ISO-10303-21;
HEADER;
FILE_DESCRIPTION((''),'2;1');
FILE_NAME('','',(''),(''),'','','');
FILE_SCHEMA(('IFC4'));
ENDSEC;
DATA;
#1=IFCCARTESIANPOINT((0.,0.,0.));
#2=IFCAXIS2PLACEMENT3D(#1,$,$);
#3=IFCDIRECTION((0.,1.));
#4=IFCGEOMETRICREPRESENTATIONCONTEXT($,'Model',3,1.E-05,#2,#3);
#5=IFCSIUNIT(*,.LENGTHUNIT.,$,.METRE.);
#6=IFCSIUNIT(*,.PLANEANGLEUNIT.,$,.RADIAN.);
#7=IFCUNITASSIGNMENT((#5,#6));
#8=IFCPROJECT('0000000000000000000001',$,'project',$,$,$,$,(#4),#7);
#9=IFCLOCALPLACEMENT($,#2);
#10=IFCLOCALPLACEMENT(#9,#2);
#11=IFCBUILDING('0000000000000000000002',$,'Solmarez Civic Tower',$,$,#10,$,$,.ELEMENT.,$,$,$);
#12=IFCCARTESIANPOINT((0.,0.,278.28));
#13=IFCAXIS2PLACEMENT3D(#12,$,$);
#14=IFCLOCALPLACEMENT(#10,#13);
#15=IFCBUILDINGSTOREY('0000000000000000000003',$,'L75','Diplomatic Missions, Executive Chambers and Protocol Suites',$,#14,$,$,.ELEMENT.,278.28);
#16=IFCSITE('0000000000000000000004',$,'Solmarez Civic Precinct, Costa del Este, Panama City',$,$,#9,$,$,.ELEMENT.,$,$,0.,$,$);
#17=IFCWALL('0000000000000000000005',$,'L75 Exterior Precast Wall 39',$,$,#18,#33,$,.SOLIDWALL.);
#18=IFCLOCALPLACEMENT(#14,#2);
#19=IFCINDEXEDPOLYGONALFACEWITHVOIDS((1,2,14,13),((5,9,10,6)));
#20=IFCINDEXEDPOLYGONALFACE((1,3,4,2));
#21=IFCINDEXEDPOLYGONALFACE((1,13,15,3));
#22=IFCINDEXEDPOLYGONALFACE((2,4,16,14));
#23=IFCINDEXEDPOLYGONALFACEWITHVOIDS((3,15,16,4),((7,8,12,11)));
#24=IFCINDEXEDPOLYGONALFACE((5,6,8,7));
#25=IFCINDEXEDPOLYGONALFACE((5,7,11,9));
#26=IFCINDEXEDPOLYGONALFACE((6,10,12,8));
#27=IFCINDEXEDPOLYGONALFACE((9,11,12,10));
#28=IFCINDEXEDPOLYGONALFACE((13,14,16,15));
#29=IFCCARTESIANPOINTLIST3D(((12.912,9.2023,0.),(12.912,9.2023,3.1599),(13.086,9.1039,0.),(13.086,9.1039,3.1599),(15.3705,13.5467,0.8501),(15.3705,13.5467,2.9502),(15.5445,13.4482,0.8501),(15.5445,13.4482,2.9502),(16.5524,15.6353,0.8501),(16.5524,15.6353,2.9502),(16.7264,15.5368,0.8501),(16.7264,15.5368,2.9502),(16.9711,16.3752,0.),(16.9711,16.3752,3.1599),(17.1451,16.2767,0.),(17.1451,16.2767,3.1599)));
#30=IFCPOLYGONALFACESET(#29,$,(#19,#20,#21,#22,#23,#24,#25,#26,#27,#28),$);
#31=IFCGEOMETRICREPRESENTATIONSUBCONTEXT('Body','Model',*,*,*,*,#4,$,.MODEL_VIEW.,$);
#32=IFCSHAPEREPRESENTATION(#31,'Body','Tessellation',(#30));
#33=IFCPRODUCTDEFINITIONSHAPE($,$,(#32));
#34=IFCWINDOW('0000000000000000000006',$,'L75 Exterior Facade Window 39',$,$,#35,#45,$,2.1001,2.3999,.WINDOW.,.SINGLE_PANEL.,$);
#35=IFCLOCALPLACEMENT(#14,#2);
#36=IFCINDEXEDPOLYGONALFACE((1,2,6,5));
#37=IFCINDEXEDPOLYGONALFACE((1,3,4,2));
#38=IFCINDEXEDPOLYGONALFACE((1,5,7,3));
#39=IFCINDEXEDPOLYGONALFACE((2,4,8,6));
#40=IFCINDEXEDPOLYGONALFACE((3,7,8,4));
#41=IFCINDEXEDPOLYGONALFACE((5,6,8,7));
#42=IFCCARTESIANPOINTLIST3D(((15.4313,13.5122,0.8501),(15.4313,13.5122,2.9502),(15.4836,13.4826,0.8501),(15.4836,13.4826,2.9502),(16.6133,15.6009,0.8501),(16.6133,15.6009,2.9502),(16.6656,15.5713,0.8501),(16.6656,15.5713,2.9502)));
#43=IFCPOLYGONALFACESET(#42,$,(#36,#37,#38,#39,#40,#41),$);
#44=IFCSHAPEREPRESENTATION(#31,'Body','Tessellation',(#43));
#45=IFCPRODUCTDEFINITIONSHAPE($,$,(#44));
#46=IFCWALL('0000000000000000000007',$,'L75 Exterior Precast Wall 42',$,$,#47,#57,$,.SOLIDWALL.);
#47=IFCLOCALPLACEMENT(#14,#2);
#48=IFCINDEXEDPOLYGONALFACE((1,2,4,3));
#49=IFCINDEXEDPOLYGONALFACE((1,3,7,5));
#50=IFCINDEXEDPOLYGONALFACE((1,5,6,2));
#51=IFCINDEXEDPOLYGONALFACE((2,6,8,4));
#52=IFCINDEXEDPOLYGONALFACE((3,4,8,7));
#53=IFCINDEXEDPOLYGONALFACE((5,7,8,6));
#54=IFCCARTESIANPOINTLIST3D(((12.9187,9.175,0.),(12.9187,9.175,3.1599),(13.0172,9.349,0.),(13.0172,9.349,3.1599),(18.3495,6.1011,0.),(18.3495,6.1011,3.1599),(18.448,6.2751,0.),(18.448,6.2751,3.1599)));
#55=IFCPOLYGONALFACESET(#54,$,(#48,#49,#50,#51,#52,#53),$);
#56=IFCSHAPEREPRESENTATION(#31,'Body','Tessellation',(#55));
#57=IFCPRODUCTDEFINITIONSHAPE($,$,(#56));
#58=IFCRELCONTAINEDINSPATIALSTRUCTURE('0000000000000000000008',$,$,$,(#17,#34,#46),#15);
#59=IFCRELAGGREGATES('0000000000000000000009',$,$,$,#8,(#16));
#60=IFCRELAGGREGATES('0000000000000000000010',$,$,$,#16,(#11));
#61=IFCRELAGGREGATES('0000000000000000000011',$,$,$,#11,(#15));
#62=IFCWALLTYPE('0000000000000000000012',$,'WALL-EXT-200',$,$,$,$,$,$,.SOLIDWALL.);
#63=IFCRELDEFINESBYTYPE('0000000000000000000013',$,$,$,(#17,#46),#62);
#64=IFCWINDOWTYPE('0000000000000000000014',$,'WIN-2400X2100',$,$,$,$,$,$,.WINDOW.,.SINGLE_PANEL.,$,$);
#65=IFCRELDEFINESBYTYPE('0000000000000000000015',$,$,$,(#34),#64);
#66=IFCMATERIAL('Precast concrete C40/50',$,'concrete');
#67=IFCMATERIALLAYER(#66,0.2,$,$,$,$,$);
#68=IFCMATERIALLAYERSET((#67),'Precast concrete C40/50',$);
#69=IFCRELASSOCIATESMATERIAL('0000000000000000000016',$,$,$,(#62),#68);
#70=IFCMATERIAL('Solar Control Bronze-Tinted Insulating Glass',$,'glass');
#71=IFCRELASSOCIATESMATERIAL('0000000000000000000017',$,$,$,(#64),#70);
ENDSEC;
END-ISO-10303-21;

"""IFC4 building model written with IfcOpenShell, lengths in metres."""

from ifc_helpers import new_model, si_unit, direction, frame, frame_2d, origin, place, context, subcontext, project, spatial, rectangle, extrude, material, layer, layer_set, type_object, element, fill, save


model = new_model("IFC4")

# Units and contexts
model_context = context("Model", 3, precision=1e-05, world=origin(), true_north=direction((0.0, 1.0)))
body_context = subcontext(model_context, "Body", "Model", "MODEL_VIEW")
ifc_project = project(units=[si_unit("LENGTHUNIT", "METRE"), si_unit("PLANEANGLEUNIT", "RADIAN")], contexts=[model_context])

# Site, building, storey
site_placement = place(None, origin())
site = spatial("IfcSite", under=ifc_project, at=site_placement, Name="Solmarez Civic Precinct, Costa del Este, Panama City", CompositionType="ELEMENT", RefElevation=0.0)
building_placement = place(site_placement, origin())
building = spatial("IfcBuilding", under=site, at=building_placement, Name="Solmarez Civic Tower", CompositionType="ELEMENT")
storey_placement = place(building_placement, frame((0.0, 0.0, 278.28)))
storey = spatial("IfcBuildingStorey", under=building, at=storey_placement, Name="L75", Description="Diplomatic Missions, Executive Chambers and Protocol Suites", CompositionType="ELEMENT", Elevation=278.28)

# Shared definitions
ifc_material_1 = material(Name="Precast concrete C40/50", Category="concrete")
ifc_layer_1 = layer(ifc_material_1, 0.2)
ifc_layer_set_1 = layer_set([ifc_layer_1], Name="Precast concrete C40/50")
wall_type = type_object("IfcWallType", Name="WALL-EXT-200", PredefinedType="SOLIDWALL", material=ifc_layer_set_1)

# Wall, opening, window
wall_1_placement = place(storey_placement, frame((17.0581, 16.3259, 0.0), z_axis=(0.0, 0.0, 1.0), x_axis=(-0.492504, -0.87031, 0.0)))
wall_1 = element("IfcWall", 1, at=wall_1_placement, inside=storey, type_object=wall_type, Name="L75 Exterior Precast Wall 39", PredefinedType="SOLIDWALL", context=body_context, shape_type="SweptSolid", body=[
    extrude(rectangle(XDim=8.2417, YDim=0.2, at=frame_2d((4.1208, 0.0))), origin(), (0.0, 0.0, 1.0), 3.1599),
])
opening_placement = place(wall_1_placement, frame((0.8501, 0.0, 0.8501)))
opening = element("IfcOpeningElement", 2, at=opening_placement, cuts=wall_1, PredefinedType="OPENING", context=body_context, shape_type="SweptSolid", body=[
    extrude(rectangle(XDim=2.3999, YDim=2.1001, at=frame_2d((1.2, 1.05))), frame((0.0, 0.1099, 0.0), z_axis=(0.0, -1.0, 0.0), x_axis=(1.0, 0.0, 0.0)), (0.0, 0.0, 1.0), 0.22),
])
ifc_material_2 = material(Name="Solar Control Bronze-Tinted Insulating Glass", Category="glass")
window_type = type_object("IfcWindowType", Name="WIN-2400X2100", PartitioningType="SINGLE_PANEL", PredefinedType="WINDOW", material=ifc_material_2)
window_placement = place(opening_placement, origin())
window = element("IfcWindow", 3, at=window_placement, inside=storey, type_object=window_type, Name="L75 Exterior Facade Window 39", OverallHeight=2.1001, OverallWidth=2.3999, PartitioningType="SINGLE_PANEL", PredefinedType="WINDOW", context=body_context, shape_type="SweptSolid", body=[
    extrude(rectangle(XDim=2.3999, YDim=2.1001, at=frame_2d((1.2, 1.05))), frame((0.0, 0.03, 0.0), z_axis=(0.0, -1.0, 0.0), x_axis=(1.0, 0.0, 0.0)), (0.0, 0.0, 1.0), 0.0601),
])
fill(opening, window)

# Wall
wall_2_placement = place(storey_placement, frame((12.968, 9.262, 0.0), z_axis=(0.0, 0.0, 1.0), x_axis=(0.870265, -0.492583, 0.0)))
element("IfcWall", 4, at=wall_2_placement, inside=storey, type_object=wall_type, Name="L75 Exterior Precast Wall 42", PredefinedType="SOLIDWALL", context=body_context, shape_type="SweptSolid", body=[
    extrude(rectangle(XDim=6.2405, YDim=0.2, at=frame_2d((3.1201, 0.0))), origin(), (0.0, 0.0, 1.0), 3.1599),
])

save(model, "model.ifc")
